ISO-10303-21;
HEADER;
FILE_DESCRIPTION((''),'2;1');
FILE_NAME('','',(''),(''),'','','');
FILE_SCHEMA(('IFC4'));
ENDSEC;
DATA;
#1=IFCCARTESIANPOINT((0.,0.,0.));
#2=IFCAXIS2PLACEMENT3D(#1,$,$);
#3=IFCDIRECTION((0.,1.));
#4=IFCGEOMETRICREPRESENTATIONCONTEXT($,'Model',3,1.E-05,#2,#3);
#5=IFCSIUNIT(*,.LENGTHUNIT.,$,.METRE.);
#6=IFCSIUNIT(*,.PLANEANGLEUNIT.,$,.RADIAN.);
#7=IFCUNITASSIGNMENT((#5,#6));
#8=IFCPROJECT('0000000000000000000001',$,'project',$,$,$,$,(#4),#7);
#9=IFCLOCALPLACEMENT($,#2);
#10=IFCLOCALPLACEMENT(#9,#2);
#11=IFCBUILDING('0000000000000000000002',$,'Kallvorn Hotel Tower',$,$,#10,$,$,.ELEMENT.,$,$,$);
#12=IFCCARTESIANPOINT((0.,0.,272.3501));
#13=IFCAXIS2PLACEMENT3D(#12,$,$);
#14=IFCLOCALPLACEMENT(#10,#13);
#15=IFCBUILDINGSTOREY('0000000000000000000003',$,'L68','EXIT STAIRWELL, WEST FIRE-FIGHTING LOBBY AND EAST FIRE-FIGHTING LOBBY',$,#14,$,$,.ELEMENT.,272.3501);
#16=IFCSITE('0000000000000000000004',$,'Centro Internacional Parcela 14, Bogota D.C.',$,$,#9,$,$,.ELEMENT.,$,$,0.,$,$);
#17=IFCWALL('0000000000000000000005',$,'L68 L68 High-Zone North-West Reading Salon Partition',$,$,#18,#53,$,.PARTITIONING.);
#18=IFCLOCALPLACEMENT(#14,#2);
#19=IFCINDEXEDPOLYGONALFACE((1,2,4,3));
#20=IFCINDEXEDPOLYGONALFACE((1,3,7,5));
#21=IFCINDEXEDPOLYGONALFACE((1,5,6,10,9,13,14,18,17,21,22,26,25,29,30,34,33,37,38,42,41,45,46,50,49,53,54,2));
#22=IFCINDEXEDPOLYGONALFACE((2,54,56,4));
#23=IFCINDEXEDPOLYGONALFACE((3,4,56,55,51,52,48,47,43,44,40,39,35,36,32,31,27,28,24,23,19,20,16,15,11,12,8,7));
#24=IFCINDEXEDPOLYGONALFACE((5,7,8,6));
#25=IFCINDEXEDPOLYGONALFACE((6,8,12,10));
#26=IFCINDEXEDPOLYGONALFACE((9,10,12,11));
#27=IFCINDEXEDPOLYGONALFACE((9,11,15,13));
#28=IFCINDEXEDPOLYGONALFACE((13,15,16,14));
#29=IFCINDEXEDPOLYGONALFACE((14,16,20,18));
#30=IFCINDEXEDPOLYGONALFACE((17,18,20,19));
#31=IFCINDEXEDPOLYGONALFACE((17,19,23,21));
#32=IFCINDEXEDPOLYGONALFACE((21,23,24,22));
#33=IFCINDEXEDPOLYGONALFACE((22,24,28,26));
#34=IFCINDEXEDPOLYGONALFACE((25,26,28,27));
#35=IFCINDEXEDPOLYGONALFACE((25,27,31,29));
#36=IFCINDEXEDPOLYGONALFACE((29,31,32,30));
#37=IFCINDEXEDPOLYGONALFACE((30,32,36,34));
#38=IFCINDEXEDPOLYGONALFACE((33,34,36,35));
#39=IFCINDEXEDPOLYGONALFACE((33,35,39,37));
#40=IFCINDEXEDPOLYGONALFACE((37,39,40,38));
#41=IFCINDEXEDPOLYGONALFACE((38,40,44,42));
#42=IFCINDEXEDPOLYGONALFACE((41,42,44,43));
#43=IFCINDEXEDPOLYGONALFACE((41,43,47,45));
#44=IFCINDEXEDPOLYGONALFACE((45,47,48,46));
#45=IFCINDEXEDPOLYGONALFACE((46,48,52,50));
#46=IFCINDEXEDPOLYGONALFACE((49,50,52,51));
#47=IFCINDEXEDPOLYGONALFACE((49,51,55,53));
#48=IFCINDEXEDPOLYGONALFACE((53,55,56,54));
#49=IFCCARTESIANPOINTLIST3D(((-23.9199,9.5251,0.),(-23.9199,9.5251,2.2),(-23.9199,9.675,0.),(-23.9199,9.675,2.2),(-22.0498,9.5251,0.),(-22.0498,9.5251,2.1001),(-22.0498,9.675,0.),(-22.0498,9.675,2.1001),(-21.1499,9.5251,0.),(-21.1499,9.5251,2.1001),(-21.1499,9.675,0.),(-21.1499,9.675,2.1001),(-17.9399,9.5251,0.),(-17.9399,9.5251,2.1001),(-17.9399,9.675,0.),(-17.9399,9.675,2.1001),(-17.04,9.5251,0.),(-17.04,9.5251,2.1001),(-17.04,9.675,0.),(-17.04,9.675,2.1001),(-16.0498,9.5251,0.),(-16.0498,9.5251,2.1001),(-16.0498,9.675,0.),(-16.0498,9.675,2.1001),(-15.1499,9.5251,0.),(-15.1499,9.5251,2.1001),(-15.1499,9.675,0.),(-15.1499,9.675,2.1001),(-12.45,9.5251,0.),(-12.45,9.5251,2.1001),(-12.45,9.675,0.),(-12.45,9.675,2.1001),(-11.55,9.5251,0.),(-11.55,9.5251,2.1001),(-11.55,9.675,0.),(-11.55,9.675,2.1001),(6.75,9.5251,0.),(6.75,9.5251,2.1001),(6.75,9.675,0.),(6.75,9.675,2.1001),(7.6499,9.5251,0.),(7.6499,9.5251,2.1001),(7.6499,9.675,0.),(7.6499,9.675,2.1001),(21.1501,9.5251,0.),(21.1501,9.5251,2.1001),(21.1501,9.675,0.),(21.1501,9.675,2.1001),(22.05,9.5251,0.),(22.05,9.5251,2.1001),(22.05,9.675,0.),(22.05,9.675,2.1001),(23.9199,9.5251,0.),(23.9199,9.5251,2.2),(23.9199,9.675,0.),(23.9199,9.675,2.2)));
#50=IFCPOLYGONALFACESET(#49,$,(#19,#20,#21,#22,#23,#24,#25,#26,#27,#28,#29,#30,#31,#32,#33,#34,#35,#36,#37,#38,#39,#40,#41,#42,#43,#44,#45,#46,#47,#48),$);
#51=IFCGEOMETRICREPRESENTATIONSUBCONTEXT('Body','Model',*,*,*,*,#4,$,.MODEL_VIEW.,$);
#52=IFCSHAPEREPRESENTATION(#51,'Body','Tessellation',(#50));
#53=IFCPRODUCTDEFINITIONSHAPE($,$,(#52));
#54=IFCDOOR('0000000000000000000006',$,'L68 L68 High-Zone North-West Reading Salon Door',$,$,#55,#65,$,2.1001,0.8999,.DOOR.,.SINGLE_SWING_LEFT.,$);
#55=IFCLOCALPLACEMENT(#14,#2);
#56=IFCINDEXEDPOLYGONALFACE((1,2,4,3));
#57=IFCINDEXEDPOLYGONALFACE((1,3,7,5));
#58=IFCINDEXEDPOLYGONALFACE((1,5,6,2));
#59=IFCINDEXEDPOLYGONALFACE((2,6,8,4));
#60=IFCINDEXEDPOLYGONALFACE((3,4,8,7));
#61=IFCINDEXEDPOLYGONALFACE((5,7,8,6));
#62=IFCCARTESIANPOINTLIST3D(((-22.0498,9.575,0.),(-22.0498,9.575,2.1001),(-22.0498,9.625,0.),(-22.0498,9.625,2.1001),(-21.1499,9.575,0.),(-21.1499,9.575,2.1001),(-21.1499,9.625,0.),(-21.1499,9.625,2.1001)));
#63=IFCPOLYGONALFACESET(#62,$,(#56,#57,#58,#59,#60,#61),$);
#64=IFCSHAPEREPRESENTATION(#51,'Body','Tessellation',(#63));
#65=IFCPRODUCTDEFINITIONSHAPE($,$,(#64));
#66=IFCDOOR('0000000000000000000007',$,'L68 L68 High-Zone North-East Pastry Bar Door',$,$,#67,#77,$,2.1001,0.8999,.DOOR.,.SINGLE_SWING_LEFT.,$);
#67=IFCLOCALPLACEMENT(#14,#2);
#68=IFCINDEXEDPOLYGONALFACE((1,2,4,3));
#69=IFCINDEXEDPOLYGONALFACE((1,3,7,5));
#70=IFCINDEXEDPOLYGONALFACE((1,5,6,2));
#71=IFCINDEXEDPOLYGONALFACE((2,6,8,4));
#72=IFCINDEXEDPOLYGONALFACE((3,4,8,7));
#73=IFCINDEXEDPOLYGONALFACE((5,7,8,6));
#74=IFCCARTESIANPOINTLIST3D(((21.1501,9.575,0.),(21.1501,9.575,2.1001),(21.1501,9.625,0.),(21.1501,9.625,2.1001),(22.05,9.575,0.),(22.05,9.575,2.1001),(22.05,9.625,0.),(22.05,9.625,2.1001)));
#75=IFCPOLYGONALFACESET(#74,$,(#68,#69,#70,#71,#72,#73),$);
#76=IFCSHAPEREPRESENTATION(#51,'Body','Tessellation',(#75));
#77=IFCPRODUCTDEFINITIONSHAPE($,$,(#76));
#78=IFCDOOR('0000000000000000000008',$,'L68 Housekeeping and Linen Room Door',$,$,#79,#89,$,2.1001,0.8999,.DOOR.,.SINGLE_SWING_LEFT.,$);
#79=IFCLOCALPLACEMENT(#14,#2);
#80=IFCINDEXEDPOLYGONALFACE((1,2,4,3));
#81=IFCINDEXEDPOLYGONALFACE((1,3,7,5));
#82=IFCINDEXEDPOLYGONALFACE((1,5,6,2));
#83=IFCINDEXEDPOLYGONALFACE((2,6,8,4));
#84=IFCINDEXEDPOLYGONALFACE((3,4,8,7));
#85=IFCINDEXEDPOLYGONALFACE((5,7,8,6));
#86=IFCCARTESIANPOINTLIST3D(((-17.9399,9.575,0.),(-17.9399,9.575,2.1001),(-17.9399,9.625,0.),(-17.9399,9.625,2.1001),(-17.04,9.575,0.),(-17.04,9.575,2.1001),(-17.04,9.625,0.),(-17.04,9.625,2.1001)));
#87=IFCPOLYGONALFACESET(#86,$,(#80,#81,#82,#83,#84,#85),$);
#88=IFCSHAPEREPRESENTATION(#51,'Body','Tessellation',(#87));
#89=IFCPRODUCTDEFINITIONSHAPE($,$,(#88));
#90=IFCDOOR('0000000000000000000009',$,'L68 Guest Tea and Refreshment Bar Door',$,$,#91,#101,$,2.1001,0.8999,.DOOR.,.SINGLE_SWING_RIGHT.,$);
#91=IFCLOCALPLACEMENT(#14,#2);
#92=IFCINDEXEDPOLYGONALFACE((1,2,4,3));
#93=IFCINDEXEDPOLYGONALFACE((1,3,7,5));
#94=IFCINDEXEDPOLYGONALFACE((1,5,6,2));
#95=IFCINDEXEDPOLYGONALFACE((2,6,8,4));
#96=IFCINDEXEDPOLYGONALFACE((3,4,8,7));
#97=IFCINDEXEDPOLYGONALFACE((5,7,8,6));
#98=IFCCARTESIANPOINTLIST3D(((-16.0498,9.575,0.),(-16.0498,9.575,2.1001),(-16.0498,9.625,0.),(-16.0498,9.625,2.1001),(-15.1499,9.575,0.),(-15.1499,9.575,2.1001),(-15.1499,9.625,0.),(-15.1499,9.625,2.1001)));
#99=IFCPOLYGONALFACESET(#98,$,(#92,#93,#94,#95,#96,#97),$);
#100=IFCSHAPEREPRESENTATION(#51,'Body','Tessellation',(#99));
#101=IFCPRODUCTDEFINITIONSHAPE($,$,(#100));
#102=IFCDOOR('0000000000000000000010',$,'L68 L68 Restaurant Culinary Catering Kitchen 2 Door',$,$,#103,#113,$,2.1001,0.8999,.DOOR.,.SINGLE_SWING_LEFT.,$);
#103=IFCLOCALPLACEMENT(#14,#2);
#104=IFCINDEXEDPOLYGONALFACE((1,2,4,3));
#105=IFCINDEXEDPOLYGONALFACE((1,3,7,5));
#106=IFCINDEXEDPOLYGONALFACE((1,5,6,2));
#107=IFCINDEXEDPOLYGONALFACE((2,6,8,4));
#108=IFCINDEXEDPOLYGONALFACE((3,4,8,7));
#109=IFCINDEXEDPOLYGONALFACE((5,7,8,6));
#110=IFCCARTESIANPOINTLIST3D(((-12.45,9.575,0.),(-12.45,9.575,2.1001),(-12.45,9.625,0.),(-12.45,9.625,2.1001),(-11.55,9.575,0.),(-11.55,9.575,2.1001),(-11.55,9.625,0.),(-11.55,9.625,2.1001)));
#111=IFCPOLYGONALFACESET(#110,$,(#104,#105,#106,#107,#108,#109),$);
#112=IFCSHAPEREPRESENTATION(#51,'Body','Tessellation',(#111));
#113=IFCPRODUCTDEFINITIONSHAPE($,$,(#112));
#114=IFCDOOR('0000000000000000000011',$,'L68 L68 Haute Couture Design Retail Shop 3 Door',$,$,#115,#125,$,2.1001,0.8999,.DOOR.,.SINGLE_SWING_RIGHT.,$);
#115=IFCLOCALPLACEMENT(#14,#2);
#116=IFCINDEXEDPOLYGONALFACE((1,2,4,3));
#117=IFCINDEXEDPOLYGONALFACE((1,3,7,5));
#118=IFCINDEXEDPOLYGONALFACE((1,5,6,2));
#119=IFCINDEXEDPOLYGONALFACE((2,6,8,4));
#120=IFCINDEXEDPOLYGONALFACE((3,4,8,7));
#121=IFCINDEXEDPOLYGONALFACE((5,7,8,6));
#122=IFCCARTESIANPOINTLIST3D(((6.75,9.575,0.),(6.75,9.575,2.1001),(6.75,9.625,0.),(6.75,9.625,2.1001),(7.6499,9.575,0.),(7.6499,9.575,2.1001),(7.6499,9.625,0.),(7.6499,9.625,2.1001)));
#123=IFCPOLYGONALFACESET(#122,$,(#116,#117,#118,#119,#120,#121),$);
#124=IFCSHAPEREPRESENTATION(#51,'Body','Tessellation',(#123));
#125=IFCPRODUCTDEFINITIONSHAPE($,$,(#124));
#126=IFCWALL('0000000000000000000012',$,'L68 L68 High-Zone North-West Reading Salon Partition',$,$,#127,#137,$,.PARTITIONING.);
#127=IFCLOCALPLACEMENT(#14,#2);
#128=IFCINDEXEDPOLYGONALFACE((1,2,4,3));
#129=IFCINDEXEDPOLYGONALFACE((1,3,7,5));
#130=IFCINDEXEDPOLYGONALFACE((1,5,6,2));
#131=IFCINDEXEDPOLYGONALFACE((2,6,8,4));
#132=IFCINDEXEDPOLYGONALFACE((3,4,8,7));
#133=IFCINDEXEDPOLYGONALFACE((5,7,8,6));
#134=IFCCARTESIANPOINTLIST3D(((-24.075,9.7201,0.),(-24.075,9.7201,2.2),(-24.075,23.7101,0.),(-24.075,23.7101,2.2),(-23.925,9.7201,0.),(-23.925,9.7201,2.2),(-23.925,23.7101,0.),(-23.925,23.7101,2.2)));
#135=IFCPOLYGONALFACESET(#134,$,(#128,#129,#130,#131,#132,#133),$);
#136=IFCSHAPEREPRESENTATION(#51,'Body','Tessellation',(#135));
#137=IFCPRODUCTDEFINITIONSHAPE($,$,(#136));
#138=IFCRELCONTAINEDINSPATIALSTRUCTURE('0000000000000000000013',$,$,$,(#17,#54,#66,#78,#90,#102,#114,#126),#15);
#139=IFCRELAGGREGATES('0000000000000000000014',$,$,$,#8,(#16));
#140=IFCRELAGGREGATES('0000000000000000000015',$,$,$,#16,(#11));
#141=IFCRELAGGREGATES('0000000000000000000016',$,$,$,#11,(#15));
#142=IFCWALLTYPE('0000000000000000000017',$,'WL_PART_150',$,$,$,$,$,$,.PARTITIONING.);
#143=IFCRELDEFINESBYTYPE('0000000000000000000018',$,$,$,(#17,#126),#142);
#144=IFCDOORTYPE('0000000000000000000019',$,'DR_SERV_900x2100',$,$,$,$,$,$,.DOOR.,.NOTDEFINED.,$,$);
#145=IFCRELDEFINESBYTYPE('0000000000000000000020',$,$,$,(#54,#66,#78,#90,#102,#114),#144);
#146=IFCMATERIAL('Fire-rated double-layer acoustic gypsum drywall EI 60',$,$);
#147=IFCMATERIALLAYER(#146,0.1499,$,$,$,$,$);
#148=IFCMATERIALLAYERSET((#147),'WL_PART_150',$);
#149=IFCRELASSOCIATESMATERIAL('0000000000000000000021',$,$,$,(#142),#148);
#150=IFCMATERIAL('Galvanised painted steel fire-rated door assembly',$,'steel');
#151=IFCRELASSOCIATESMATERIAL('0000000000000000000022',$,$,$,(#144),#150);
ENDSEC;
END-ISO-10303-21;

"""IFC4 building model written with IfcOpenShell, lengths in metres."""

from ifc_helpers import new_model, si_unit, direction, frame, frame_2d, origin, place, context, subcontext, project, spatial, rectangle, extrude, material, layer, layer_set, type_object, element, fill, save


model = new_model("IFC4")

# Units and contexts
model_context = context("Model", 3, precision=1e-05, world=origin(), true_north=direction((0.0, 1.0)))
body_context = subcontext(model_context, "Body", "Model", "MODEL_VIEW")
ifc_project = project(units=[si_unit("LENGTHUNIT", "METRE"), si_unit("PLANEANGLEUNIT", "RADIAN")], contexts=[model_context])

# Site, building, storey
site_placement = place(None, origin())
site = spatial("IfcSite", under=ifc_project, at=site_placement, Name="Centro Internacional Parcela 14, Bogota D.C.", CompositionType="ELEMENT", RefElevation=0.0)
building_placement = place(site_placement, origin())
building = spatial("IfcBuilding", under=site, at=building_placement, Name="Kallvorn Hotel Tower", CompositionType="ELEMENT")
storey_placement = place(building_placement, frame((0.0, 0.0, 272.3501)))
storey = spatial("IfcBuildingStorey", under=building, at=storey_placement, Name="L68", Description="EXIT STAIRWELL, WEST FIRE-FIGHTING LOBBY AND EAST FIRE-FIGHTING LOBBY", CompositionType="ELEMENT", Elevation=272.3501)

# Shared definitions
ifc_material_1 = material(Name="Fire-rated double-layer acoustic gypsum drywall EI 60")
ifc_layer_1 = layer(ifc_material_1, 0.1499)
ifc_layer_set_1 = layer_set([ifc_layer_1], Name="WL_PART_150")
wall_type = type_object("IfcWallType", Name="WL_PART_150", PredefinedType="PARTITIONING", material=ifc_layer_set_1)

# Wall, openings, doors
wall_1_placement = place(storey_placement, frame((-23.9199, 9.6001, 0.0), z_axis=(0.0, 0.0, 1.0), x_axis=(1.0, 0.0, 0.0)))
wall_1 = element("IfcWall", 1, at=wall_1_placement, inside=storey, type_object=wall_type, Name="L68 L68 High-Zone North-West Reading Salon Partition", PredefinedType="PARTITIONING", context=body_context, shape_type="SweptSolid", body=[
    extrude(rectangle(XDim=47.8398, YDim=0.1499, at=frame_2d((23.9199, 0.0))), origin(), (0.0, 0.0, 1.0), 2.2),
])
opening_1_placement = place(wall_1_placement, frame((1.8701, 0.0, 0.0)))
opening_1 = element("IfcOpeningElement", 2, at=opening_1_placement, cuts=wall_1, PredefinedType="OPENING", context=body_context, shape_type="SweptSolid", body=[
    extrude(rectangle(XDim=0.8999, YDim=2.1001, at=frame_2d((0.45, 1.05))), frame((0.0, 0.0898, 0.0), z_axis=(0.0, -1.0, 0.0), x_axis=(1.0, 0.0, 0.0)), (0.0, 0.0, 1.0), 0.1799),
])
opening_2_placement = place(wall_1_placement, frame((45.0701, 0.0, 0.0)))
opening_2 = element("IfcOpeningElement", 3, at=opening_2_placement, cuts=wall_1, PredefinedType="OPENING", context=body_context, shape_type="SweptSolid", body=[
    extrude(rectangle(XDim=0.8999, YDim=2.1001, at=frame_2d((0.45, 1.05))), frame((0.0, 0.0898, 0.0), z_axis=(0.0, -1.0, 0.0), x_axis=(1.0, 0.0, 0.0)), (0.0, 0.0, 1.0), 0.1799),
])
opening_3_placement = place(wall_1_placement, frame((5.98, 0.0, 0.0)))
opening_3 = element("IfcOpeningElement", 4, at=opening_3_placement, cuts=wall_1, PredefinedType="OPENING", context=body_context, shape_type="SweptSolid", body=[
    extrude(rectangle(XDim=0.8999, YDim=2.1001, at=frame_2d((0.45, 1.05))), frame((0.0, 0.0898, 0.0), z_axis=(0.0, -1.0, 0.0), x_axis=(1.0, 0.0, 0.0)), (0.0, 0.0, 1.0), 0.1799),
])
opening_4_placement = place(wall_1_placement, frame((7.8701, 0.0, 0.0)))
opening_4 = element("IfcOpeningElement", 5, at=opening_4_placement, cuts=wall_1, PredefinedType="OPENING", context=body_context, shape_type="SweptSolid", body=[
    extrude(rectangle(XDim=0.8999, YDim=2.1001, at=frame_2d((0.45, 1.05))), frame((0.0, 0.0898, 0.0), z_axis=(0.0, -1.0, 0.0), x_axis=(1.0, 0.0, 0.0)), (0.0, 0.0, 1.0), 0.1799),
])
opening_5_placement = place(wall_1_placement, frame((11.47, 0.0, 0.0)))
opening_5 = element("IfcOpeningElement", 6, at=opening_5_placement, cuts=wall_1, PredefinedType="OPENING", context=body_context, shape_type="SweptSolid", body=[
    extrude(rectangle(XDim=0.8999, YDim=2.1001, at=frame_2d((0.45, 1.05))), frame((0.0, 0.0898, 0.0), z_axis=(0.0, -1.0, 0.0), x_axis=(1.0, 0.0, 0.0)), (0.0, 0.0, 1.0), 0.1799),
])
opening_6_placement = place(wall_1_placement, frame((30.6699, 0.0, 0.0)))
opening_6 = element("IfcOpeningElement", 7, at=opening_6_placement, cuts=wall_1, PredefinedType="OPENING", context=body_context, shape_type="SweptSolid", body=[
    extrude(rectangle(XDim=0.8999, YDim=2.1001, at=frame_2d((0.45, 1.05))), frame((0.0, 0.0898, 0.0), z_axis=(0.0, -1.0, 0.0), x_axis=(1.0, 0.0, 0.0)), (0.0, 0.0, 1.0), 0.1799),
])
ifc_material_2 = material(Name="Galvanised painted steel fire-rated door assembly", Category="steel")
door_type = type_object("IfcDoorType", Name="DR_SERV_900x2100", OperationType="NOTDEFINED", PredefinedType="DOOR", material=ifc_material_2)
door_1_placement = place(opening_1_placement, origin())
door_1 = element("IfcDoor", 8, at=door_1_placement, inside=storey, type_object=door_type, Name="L68 L68 High-Zone North-West Reading Salon Door", OperationType="SINGLE_SWING_LEFT", OverallHeight=2.1001, OverallWidth=0.8999, PredefinedType="DOOR", context=body_context, shape_type="SweptSolid", body=[
    extrude(rectangle(XDim=0.8999, YDim=2.1001, at=frame_2d((0.45, 1.05))), frame((0.0, 0.0249, 0.0), z_axis=(0.0, -1.0, 0.0), x_axis=(1.0, 0.0, 0.0)), (0.0, 0.0, 1.0), 0.05),
])
fill(opening_1, door_1)
door_2_placement = place(opening_2_placement, origin())
door_2 = element("IfcDoor", 9, at=door_2_placement, inside=storey, type_object=door_type, Name="L68 L68 High-Zone North-East Pastry Bar Door", OperationType="SINGLE_SWING_LEFT", OverallHeight=2.1001, OverallWidth=0.8999, PredefinedType="DOOR", context=body_context, shape_type="SweptSolid", body=[
    extrude(rectangle(XDim=0.8999, YDim=2.1001, at=frame_2d((0.45, 1.05))), frame((0.0, 0.0249, 0.0), z_axis=(0.0, -1.0, 0.0), x_axis=(1.0, 0.0, 0.0)), (0.0, 0.0, 1.0), 0.05),
])
fill(opening_2, door_2)
door_3_placement = place(opening_3_placement, origin())
door_3 = element("IfcDoor", 10, at=door_3_placement, inside=storey, type_object=door_type, Name="L68 Housekeeping and Linen Room Door", OperationType="SINGLE_SWING_LEFT", OverallHeight=2.1001, OverallWidth=0.8999, PredefinedType="DOOR", context=body_context, shape_type="SweptSolid", body=[
    extrude(rectangle(XDim=0.8999, YDim=2.1001, at=frame_2d((0.45, 1.05))), frame((0.0, 0.0249, 0.0), z_axis=(0.0, -1.0, 0.0), x_axis=(1.0, 0.0, 0.0)), (0.0, 0.0, 1.0), 0.05),
])
fill(opening_3, door_3)
door_4_placement = place(opening_4_placement, origin())
door_4 = element("IfcDoor", 11, at=door_4_placement, inside=storey, type_object=door_type, Name="L68 Guest Tea and Refreshment Bar Door", OperationType="SINGLE_SWING_RIGHT", OverallHeight=2.1001, OverallWidth=0.8999, PredefinedType="DOOR", context=body_context, shape_type="SweptSolid", body=[
    extrude(rectangle(XDim=0.8999, YDim=2.1001, at=frame_2d((0.45, 1.05))), frame((0.0, 0.0249, 0.0), z_axis=(0.0, -1.0, 0.0), x_axis=(1.0, 0.0, 0.0)), (0.0, 0.0, 1.0), 0.05),
])
fill(opening_4, door_4)
door_5_placement = place(opening_5_placement, origin())
door_5 = element("IfcDoor", 12, at=door_5_placement, inside=storey, type_object=door_type, Name="L68 L68 Restaurant Culinary Catering Kitchen 2 Door", OperationType="SINGLE_SWING_LEFT", OverallHeight=2.1001, OverallWidth=0.8999, PredefinedType="DOOR", context=body_context, shape_type="SweptSolid", body=[
    extrude(rectangle(XDim=0.8999, YDim=2.1001, at=frame_2d((0.45, 1.05))), frame((0.0, 0.0249, 0.0), z_axis=(0.0, -1.0, 0.0), x_axis=(1.0, 0.0, 0.0)), (0.0, 0.0, 1.0), 0.05),
])
fill(opening_5, door_5)
door_6_placement = place(opening_6_placement, origin())
door_6 = element("IfcDoor", 13, at=door_6_placement, inside=storey, type_object=door_type, Name="L68 L68 Haute Couture Design Retail Shop 3 Door", OperationType="SINGLE_SWING_RIGHT", OverallHeight=2.1001, OverallWidth=0.8999, PredefinedType="DOOR", context=body_context, shape_type="SweptSolid", body=[
    extrude(rectangle(XDim=0.8999, YDim=2.1001, at=frame_2d((0.45, 1.05))), frame((0.0, 0.0249, 0.0), z_axis=(0.0, -1.0, 0.0), x_axis=(1.0, 0.0, 0.0)), (0.0, 0.0, 1.0), 0.05),
])
fill(opening_6, door_6)

# Wall
wall_2_placement = place(storey_placement, frame((-24.0, 9.72, 0.0), z_axis=(0.0, 0.0, 1.0), x_axis=(0.0, 1.0, 0.0)))
element("IfcWall", 14, at=wall_2_placement, inside=storey, type_object=wall_type, Name="L68 L68 High-Zone North-West Reading Salon Partition", PredefinedType="PARTITIONING", context=body_context, shape_type="SweptSolid", body=[
    extrude(rectangle(XDim=13.99, YDim=0.1499, at=frame_2d((6.9951, 0.0))), origin(), (0.0, 0.0, 1.0), 2.2),
])

save(model, "model.ifc")
